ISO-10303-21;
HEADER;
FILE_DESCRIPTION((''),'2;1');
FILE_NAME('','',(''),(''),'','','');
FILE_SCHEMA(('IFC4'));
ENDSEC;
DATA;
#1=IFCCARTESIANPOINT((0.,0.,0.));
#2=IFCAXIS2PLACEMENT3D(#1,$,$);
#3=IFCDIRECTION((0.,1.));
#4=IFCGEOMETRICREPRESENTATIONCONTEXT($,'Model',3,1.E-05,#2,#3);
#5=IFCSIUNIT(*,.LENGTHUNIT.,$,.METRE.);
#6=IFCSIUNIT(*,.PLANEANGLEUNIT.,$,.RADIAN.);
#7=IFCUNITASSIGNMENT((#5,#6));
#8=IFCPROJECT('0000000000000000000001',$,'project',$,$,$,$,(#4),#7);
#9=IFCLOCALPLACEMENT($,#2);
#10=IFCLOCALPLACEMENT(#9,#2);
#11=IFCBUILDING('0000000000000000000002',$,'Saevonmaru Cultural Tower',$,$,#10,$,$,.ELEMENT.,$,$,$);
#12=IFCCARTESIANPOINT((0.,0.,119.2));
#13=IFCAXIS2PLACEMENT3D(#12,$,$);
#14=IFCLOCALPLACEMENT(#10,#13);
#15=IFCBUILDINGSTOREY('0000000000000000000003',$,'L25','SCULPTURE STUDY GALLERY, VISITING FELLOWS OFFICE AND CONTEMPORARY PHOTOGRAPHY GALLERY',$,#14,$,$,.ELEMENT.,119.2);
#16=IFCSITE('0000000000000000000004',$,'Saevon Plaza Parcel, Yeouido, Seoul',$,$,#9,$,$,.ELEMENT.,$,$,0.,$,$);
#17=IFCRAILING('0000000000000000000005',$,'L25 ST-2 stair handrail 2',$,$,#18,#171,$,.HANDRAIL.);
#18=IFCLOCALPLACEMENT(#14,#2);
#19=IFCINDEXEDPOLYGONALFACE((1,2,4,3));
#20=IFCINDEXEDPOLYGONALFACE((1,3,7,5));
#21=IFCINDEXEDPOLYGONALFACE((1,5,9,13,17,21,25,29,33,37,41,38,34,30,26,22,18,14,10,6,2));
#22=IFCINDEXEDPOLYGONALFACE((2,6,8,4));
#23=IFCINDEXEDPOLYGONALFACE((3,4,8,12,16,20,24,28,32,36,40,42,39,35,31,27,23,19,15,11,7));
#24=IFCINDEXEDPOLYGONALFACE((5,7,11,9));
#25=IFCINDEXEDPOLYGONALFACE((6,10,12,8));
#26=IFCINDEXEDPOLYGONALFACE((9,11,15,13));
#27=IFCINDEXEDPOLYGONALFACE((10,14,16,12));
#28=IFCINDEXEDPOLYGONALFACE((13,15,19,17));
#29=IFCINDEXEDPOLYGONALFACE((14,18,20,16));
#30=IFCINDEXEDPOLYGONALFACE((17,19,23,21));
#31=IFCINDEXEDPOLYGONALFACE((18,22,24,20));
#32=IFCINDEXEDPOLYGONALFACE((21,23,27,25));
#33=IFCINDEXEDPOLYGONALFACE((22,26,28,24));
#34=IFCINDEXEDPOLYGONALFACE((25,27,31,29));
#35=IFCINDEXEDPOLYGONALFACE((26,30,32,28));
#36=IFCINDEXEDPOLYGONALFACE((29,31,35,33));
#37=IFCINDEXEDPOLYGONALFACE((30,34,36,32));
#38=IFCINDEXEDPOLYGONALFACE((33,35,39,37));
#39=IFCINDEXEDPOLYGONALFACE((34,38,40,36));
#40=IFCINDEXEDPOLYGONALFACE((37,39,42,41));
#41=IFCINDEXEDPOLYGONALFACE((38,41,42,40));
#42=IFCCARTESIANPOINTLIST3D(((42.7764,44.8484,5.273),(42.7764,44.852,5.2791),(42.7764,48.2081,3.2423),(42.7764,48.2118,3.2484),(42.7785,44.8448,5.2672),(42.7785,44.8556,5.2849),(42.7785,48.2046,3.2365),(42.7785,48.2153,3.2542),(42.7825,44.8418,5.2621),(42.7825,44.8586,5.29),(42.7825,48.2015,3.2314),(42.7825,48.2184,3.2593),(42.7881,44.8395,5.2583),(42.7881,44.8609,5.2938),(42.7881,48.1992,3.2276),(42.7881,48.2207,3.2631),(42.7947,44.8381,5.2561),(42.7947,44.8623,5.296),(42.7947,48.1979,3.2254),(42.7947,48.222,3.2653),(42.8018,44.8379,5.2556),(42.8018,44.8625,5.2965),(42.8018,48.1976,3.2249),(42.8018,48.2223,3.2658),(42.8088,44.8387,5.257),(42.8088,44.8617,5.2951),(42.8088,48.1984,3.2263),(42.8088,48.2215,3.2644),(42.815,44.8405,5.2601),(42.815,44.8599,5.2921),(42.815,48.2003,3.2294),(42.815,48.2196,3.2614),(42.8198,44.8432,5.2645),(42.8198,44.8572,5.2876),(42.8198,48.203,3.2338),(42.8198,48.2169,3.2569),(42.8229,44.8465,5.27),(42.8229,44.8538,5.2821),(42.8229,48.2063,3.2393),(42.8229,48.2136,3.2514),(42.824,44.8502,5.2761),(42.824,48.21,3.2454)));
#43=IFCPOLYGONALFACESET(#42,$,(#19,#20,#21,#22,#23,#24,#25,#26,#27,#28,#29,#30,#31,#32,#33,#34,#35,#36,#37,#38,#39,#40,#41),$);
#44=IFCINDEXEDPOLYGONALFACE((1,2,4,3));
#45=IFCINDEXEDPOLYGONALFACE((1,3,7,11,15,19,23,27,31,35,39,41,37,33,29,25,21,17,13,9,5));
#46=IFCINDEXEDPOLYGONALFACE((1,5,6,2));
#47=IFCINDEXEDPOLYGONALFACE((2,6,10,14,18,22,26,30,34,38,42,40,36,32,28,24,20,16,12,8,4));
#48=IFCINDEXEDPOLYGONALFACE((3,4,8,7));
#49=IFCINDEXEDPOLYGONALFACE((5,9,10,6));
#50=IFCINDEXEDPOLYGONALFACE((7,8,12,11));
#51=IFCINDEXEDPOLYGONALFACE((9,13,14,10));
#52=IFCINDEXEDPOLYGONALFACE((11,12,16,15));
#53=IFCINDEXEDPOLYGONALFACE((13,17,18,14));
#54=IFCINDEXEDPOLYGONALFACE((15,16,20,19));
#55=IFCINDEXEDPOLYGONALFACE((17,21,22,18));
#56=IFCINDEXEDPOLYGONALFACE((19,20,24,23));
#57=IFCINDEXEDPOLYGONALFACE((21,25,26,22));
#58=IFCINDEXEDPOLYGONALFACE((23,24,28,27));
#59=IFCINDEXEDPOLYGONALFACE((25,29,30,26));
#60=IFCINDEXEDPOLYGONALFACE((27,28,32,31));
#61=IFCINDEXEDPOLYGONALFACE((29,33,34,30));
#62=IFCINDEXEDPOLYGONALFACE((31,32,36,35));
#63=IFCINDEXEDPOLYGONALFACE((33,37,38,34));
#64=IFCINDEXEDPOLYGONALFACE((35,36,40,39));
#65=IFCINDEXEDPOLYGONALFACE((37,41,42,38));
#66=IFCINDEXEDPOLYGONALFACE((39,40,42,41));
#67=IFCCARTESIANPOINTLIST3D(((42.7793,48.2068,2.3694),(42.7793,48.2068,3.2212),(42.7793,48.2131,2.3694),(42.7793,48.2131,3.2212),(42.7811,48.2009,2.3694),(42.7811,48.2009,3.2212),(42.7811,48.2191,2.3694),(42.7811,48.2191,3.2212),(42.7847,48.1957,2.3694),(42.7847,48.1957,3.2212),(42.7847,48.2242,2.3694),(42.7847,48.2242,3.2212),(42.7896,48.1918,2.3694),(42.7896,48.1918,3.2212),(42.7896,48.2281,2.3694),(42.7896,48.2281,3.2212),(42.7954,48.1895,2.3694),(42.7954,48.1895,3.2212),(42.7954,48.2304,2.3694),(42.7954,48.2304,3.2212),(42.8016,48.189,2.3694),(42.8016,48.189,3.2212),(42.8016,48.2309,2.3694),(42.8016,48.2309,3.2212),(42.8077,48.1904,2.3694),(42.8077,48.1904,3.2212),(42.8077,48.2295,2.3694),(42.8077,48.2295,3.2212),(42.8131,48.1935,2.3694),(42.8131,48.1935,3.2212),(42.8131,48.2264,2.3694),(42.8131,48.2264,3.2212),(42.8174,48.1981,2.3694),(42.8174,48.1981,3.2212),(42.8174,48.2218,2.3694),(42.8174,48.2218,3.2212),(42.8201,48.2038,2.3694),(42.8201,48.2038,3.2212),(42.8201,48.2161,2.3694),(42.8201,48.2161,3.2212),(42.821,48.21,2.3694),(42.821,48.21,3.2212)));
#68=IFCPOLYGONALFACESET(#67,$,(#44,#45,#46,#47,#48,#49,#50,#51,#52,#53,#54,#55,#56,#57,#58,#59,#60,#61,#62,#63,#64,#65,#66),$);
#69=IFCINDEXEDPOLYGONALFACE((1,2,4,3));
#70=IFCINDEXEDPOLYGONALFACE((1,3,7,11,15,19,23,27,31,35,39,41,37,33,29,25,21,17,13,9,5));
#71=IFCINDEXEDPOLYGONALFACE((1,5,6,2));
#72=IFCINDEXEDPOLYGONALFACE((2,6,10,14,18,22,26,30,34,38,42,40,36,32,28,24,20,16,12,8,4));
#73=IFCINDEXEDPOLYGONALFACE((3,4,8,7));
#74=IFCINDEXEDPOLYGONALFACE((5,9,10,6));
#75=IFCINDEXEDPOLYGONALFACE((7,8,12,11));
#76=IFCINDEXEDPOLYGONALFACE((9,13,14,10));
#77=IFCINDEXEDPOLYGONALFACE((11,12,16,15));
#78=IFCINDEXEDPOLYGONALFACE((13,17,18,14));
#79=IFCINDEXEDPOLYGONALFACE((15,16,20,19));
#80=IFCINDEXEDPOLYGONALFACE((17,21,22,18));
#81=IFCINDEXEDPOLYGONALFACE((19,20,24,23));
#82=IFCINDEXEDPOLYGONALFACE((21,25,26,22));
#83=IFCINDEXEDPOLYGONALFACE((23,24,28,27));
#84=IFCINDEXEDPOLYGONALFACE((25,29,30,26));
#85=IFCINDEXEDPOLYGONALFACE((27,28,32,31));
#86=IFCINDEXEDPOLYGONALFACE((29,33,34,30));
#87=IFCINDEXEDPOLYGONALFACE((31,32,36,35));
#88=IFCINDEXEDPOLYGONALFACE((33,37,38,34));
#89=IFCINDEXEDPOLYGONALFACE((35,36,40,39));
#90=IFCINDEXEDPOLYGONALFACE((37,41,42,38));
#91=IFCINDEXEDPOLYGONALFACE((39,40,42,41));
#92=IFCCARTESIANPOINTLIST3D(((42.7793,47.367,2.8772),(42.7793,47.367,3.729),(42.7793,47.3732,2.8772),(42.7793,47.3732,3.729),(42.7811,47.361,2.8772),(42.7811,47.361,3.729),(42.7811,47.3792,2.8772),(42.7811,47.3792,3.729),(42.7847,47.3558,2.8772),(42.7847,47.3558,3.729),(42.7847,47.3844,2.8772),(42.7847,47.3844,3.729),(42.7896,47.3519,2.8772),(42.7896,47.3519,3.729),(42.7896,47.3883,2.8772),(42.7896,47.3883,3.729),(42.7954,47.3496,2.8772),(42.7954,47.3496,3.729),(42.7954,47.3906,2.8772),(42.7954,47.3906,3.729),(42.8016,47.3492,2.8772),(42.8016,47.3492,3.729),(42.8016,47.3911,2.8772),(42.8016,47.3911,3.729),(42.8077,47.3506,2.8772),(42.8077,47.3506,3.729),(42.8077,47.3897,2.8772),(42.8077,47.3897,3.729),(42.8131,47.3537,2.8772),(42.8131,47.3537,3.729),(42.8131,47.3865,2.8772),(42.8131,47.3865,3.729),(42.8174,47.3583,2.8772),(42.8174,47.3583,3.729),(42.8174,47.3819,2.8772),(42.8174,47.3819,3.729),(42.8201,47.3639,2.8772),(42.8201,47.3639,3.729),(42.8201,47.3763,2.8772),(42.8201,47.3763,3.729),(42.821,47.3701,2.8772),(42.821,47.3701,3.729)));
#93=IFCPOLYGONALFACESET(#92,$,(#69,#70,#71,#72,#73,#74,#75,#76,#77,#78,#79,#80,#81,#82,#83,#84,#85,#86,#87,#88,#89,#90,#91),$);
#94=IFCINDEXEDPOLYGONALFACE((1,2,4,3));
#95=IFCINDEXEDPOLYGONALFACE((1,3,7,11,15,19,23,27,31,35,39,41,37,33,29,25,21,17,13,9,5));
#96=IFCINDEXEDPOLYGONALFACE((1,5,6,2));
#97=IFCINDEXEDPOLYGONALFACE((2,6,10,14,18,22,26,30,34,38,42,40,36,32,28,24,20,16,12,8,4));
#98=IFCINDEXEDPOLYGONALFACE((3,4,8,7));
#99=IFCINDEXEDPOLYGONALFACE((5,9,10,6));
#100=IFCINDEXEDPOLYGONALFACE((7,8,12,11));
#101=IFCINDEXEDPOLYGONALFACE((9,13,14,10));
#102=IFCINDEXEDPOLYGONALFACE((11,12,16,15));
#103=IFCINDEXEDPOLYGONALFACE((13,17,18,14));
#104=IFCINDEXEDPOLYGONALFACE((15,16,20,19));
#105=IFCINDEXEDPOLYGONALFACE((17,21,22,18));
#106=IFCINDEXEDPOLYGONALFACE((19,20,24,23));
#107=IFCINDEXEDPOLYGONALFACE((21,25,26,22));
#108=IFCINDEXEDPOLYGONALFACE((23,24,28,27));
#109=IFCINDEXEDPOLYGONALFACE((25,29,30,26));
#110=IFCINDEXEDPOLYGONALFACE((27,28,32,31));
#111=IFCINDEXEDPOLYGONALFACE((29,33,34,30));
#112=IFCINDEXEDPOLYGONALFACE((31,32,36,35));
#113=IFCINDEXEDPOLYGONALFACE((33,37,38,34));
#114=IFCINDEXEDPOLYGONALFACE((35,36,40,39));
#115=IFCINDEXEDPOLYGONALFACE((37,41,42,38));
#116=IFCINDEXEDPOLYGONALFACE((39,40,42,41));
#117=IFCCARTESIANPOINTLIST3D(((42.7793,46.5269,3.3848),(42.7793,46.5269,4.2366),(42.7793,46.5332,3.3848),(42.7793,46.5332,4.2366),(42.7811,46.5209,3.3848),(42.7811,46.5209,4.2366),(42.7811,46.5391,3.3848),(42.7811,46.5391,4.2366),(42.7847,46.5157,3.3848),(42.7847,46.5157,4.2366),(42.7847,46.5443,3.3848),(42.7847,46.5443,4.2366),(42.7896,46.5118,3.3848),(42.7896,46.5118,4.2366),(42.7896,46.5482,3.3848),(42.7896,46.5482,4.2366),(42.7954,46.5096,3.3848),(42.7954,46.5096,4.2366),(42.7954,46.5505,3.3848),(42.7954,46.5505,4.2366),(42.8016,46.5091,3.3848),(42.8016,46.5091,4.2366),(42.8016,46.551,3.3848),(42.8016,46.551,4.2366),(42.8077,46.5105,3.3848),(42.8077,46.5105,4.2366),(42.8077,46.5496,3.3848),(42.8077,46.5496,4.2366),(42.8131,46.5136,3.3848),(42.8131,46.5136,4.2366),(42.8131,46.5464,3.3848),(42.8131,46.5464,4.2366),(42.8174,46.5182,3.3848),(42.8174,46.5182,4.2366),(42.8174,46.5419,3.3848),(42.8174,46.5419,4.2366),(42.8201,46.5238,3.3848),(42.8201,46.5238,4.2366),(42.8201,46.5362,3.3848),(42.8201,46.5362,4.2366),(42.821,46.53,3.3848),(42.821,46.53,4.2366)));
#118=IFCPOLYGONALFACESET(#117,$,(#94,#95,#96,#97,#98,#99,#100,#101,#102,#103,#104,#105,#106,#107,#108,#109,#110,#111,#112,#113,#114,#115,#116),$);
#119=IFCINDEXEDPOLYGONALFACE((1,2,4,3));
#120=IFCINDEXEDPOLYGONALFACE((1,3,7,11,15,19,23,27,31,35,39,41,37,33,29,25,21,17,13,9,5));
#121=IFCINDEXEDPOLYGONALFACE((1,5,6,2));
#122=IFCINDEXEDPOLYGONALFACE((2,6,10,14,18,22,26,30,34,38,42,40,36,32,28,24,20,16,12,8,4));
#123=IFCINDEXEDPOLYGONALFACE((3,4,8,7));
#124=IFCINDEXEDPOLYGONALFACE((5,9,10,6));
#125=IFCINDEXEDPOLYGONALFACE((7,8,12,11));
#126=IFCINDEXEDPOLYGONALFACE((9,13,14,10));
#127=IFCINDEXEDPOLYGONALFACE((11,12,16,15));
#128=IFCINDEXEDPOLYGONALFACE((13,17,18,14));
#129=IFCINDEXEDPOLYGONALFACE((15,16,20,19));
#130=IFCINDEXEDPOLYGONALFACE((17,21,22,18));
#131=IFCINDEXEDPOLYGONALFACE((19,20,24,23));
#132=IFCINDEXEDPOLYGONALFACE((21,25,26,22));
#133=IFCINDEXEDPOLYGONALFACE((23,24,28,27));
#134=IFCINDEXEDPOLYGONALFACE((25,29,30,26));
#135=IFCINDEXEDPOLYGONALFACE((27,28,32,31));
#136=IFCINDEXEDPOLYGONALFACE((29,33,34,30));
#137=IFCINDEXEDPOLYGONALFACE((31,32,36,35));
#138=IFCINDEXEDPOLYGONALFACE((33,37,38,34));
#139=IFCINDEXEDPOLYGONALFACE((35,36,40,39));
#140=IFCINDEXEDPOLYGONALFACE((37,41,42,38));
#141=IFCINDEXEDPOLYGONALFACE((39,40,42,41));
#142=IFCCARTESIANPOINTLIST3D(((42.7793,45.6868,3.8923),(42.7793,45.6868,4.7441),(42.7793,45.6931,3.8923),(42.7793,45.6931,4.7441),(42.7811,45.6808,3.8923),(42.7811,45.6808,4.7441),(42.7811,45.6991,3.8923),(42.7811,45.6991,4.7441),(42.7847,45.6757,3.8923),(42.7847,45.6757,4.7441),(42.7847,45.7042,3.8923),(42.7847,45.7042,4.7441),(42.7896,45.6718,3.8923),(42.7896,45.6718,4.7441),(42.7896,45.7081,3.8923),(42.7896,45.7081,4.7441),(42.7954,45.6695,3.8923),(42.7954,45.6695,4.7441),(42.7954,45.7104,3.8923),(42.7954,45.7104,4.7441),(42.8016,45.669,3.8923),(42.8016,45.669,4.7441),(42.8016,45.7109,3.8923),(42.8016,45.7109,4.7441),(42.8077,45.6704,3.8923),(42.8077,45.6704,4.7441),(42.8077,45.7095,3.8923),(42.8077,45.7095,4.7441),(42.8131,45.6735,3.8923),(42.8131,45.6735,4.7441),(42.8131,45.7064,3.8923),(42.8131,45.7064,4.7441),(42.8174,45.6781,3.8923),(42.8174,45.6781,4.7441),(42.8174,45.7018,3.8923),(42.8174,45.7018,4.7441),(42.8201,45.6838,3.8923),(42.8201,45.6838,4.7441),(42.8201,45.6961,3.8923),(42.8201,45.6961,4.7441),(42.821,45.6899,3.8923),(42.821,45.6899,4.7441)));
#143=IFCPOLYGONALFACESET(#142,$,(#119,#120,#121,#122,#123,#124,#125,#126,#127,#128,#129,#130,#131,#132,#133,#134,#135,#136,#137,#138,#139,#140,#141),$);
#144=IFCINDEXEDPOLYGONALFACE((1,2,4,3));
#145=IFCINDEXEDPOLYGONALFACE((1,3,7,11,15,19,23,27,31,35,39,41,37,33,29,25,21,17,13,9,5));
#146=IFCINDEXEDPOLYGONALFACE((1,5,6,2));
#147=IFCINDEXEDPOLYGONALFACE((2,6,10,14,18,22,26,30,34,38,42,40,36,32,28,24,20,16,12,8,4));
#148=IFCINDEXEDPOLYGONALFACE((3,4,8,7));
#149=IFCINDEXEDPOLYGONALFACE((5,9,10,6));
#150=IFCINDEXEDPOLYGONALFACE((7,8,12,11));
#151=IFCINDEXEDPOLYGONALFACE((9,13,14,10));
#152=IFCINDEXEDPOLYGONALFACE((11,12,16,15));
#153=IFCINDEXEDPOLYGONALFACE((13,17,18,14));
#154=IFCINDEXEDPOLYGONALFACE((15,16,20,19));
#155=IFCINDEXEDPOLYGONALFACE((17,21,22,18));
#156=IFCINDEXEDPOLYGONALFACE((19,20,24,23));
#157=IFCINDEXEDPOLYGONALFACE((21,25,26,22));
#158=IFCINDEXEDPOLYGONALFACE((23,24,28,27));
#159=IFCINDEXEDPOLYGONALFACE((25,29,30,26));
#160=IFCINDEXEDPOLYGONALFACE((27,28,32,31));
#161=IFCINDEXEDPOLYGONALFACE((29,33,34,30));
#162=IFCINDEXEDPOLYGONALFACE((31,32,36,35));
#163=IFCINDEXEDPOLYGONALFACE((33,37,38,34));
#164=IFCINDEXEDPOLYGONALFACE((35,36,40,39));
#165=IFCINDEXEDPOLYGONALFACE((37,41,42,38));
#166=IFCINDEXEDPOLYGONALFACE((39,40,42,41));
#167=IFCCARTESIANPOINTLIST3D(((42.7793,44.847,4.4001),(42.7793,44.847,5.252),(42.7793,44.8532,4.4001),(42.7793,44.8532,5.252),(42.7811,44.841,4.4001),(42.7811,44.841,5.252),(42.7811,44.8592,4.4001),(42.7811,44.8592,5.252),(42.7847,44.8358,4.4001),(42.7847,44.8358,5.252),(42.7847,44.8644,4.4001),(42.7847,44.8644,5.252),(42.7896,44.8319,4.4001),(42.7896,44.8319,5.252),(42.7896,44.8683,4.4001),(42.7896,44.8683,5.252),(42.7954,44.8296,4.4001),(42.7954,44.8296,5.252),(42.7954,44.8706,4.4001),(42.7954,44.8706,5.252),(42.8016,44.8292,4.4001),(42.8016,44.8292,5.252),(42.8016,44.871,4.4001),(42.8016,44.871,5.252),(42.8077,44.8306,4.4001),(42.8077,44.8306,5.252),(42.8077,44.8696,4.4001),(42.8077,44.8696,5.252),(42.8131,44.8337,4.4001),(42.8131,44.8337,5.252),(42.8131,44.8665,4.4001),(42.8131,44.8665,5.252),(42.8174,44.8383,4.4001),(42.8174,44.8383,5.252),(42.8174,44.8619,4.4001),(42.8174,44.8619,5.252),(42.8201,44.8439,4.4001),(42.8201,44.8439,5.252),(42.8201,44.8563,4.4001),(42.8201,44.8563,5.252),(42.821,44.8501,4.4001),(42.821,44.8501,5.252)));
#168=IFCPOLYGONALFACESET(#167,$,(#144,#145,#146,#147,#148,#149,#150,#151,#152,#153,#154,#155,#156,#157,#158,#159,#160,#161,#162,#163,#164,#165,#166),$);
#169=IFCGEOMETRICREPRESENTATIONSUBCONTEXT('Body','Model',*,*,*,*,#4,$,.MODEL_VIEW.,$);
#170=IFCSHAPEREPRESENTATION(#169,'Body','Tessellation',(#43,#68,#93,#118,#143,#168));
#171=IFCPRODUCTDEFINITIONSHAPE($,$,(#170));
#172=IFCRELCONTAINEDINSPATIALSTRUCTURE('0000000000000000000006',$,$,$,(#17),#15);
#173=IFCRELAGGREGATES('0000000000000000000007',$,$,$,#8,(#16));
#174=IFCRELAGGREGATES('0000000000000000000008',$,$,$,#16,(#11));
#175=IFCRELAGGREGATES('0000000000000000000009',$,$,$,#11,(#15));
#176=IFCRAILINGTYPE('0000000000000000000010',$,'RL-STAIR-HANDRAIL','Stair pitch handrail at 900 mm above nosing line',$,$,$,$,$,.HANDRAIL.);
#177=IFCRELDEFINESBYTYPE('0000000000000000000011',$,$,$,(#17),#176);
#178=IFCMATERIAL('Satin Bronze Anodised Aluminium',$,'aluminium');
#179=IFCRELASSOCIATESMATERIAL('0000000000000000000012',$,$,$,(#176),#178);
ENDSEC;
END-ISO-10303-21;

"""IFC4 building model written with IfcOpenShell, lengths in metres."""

from ifc_helpers import new_model, si_unit, direction, frame, origin, origin_2d, place, context, subcontext, project, spatial, circle, extrude, material, type_object, element, save


model = new_model("IFC4")

# Units and contexts
model_context = context("Model", 3, precision=1e-05, world=origin(), true_north=direction((0.0, 1.0)))
body_context = subcontext(model_context, "Body", "Model", "MODEL_VIEW")
ifc_project = project(units=[si_unit("LENGTHUNIT", "METRE"), si_unit("PLANEANGLEUNIT", "RADIAN")], contexts=[model_context])

# Site, building, storey
site_placement = place(None, origin())
site = spatial("IfcSite", under=ifc_project, at=site_placement, Name="Saevon Plaza Parcel, Yeouido, Seoul", CompositionType="ELEMENT", RefElevation=0.0)
building_placement = place(site_placement, origin())
building = spatial("IfcBuilding", under=site, at=building_placement, Name="Saevonmaru Cultural Tower", CompositionType="ELEMENT")
storey_placement = place(building_placement, frame((0.0, 0.0, 119.2)))
storey = spatial("IfcBuildingStorey", under=building, at=storey_placement, Name="L25", Description="SCULPTURE STUDY GALLERY, VISITING FELLOWS OFFICE AND CONTEMPORARY PHOTOGRAPHY GALLERY", CompositionType="ELEMENT", Elevation=119.2)

# Shared definitions
ifc_material_1 = material(Name="Satin Bronze Anodised Aluminium", Category="aluminium")

# Railing
railing_type_1 = type_object("IfcRailingType", Name="RL-STAIR-HANDRAIL", Description="Stair pitch handrail at 900 mm above nosing line", PredefinedType="HANDRAIL", material=ifc_material_1)
railing_1_placement = place(storey_placement, frame((42.8, 48.21, 2.3694)))
element("IfcRailing", 1, at=railing_1_placement, inside=storey, type_object=railing_type_1, Name="L25 ST-2 stair handrail 2", PredefinedType="HANDRAIL", context=body_context, shape_type="SweptSolid", body=[
    extrude(circle(Radius=0.0239, at=origin_2d()), frame((0.0, 0.0, 0.876), z_axis=(0.0, -0.85582, 0.517273), x_axis=(1.0, 0.0, 0.0)), (0.0, 0.0, 1.0), 3.9258),
    extrude(circle(Radius=0.021, at=origin_2d()), origin(), (0.0, 0.0, 1.0), 0.8518),
    extrude(circle(Radius=0.021, at=origin_2d()), frame((0.0, -0.8398, 0.5078)), (0.0, 0.0, 1.0), 0.8518),
    extrude(circle(Radius=0.021, at=origin_2d()), frame((0.0, -1.6799, 1.0154)), (0.0, 0.0, 1.0), 0.8518),
    extrude(circle(Radius=0.021, at=origin_2d()), frame((0.0, -2.52, 1.5229)), (0.0, 0.0, 1.0), 0.8518),
    extrude(circle(Radius=0.021, at=origin_2d()), frame((0.0, -3.3599, 2.0308)), (0.0, 0.0, 1.0), 0.8518),
])

save(model, "model.ifc")
